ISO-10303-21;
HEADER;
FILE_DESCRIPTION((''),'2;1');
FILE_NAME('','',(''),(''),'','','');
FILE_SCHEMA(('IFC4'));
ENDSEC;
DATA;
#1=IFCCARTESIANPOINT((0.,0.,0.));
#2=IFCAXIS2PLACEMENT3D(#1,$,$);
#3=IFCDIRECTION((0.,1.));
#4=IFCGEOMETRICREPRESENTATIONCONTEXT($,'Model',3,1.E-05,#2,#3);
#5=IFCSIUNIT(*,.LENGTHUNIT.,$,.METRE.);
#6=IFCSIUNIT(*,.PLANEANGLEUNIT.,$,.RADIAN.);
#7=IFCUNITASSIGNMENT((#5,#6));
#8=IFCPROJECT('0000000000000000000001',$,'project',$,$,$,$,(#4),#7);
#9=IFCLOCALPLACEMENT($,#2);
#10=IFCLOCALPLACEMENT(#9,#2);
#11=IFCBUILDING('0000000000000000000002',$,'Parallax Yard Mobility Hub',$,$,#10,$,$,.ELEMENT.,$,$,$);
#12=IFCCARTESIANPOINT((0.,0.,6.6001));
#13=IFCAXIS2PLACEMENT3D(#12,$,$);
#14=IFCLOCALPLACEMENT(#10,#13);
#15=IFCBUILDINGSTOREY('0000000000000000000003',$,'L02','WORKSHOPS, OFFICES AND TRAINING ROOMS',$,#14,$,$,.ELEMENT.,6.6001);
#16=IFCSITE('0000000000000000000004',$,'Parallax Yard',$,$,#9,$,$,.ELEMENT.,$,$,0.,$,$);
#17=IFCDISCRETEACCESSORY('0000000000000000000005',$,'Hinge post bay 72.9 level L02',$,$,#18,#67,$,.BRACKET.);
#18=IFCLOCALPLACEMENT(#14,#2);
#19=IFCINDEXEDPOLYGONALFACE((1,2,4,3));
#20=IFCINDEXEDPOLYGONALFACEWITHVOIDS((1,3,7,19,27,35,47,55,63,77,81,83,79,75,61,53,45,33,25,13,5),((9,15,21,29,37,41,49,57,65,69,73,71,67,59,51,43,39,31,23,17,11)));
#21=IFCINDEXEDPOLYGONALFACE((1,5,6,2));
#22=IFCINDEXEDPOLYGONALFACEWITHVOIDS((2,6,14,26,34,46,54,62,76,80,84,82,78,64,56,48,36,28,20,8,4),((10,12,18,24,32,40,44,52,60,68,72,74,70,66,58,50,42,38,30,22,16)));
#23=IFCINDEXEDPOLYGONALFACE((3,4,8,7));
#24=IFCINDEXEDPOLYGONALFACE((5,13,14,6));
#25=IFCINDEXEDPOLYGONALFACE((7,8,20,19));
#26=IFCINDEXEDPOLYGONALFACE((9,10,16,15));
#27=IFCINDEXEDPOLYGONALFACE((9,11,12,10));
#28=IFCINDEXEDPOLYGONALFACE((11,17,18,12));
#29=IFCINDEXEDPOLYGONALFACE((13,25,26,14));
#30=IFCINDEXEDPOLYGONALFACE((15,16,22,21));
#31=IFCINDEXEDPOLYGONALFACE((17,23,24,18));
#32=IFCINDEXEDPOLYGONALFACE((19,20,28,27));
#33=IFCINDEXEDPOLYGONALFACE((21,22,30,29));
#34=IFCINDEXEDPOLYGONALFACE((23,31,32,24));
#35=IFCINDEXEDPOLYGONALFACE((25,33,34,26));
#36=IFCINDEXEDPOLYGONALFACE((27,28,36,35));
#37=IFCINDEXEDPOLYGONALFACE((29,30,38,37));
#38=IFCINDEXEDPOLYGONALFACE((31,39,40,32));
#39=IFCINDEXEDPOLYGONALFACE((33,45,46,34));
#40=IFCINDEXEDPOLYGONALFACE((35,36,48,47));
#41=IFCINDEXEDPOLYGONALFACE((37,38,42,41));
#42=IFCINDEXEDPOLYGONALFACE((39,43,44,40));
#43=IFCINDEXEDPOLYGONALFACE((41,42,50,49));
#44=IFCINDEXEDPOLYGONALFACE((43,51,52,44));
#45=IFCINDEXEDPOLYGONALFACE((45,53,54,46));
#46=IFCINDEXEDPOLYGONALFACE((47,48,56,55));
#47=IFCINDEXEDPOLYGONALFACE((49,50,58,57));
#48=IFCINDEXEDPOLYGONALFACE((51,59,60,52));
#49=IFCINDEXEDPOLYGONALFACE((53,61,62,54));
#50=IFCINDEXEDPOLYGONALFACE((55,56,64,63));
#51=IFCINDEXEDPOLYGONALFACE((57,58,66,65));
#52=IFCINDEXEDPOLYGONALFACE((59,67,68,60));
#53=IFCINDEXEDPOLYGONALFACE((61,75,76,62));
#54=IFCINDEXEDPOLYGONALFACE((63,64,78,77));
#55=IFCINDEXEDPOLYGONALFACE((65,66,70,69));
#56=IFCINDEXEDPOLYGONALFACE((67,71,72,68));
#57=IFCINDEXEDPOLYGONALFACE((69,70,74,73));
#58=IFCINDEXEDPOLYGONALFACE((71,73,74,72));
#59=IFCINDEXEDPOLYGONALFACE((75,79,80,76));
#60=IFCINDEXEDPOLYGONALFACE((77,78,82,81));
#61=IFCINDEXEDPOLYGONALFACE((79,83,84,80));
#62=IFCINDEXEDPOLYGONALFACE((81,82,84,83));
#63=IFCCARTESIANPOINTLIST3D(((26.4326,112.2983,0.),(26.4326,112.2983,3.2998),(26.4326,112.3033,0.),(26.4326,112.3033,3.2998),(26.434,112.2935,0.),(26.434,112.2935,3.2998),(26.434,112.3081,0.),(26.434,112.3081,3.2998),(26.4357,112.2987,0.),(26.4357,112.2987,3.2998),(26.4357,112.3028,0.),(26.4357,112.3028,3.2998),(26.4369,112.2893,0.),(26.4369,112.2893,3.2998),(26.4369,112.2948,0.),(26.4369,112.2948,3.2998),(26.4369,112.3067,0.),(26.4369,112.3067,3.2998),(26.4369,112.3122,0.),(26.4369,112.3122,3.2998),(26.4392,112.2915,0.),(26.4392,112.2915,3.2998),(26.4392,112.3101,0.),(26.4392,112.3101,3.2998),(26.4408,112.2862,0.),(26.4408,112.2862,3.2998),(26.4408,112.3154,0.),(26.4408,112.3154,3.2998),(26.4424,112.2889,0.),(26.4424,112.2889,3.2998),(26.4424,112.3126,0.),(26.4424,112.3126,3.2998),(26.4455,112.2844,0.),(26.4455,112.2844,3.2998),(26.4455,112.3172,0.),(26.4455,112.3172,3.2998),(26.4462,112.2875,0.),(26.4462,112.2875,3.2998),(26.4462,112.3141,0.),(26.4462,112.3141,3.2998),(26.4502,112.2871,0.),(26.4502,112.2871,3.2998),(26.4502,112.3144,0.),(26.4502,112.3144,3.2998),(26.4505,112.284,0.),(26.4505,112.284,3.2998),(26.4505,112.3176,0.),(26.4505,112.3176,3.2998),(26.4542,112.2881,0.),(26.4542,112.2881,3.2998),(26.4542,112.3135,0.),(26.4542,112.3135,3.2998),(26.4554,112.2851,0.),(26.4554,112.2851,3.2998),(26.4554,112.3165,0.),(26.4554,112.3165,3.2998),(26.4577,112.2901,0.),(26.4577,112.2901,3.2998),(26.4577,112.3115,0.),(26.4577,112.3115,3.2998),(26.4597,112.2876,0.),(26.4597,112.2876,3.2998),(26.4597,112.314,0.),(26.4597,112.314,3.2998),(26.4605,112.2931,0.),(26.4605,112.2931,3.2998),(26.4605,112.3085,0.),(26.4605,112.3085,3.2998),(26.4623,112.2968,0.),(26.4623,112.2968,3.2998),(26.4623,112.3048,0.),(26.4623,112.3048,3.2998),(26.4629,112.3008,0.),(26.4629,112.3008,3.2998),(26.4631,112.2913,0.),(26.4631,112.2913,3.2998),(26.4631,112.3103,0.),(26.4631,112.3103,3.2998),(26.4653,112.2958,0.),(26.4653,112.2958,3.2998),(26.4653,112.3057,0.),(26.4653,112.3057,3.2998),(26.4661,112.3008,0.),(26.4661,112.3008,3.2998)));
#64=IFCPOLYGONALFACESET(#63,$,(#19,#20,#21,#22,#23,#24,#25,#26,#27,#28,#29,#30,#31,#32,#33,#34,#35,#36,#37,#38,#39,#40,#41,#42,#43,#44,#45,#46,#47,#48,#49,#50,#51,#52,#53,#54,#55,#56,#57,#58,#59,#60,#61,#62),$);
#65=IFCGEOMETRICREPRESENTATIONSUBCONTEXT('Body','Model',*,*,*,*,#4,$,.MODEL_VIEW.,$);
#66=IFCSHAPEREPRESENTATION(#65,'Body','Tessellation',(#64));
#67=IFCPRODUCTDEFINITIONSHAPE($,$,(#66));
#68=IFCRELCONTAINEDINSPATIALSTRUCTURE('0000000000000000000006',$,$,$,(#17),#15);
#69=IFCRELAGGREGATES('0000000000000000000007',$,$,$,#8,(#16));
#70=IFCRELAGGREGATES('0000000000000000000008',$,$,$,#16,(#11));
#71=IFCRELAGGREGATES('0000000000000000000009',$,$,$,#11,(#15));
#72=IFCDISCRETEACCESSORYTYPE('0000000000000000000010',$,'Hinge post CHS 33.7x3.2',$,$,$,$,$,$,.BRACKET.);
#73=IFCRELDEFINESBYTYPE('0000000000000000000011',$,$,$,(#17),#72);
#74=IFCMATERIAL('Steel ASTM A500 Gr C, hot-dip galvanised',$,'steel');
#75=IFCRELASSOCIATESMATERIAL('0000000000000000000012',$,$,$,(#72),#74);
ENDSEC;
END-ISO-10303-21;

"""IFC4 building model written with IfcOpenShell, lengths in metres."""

from ifc_helpers import new_model, si_unit, direction, frame, origin, origin_2d, place, context, subcontext, project, spatial, hollow_circle, extrude, material, material_profile, profile_set, type_object, element, save


model = new_model("IFC4")

# Units and contexts
model_context = context("Model", 3, precision=1e-05, world=origin(), true_north=direction((0.0, 1.0)))
body_context = subcontext(model_context, "Body", "Model", "MODEL_VIEW")
ifc_project = project(units=[si_unit("LENGTHUNIT", "METRE"), si_unit("PLANEANGLEUNIT", "RADIAN")], contexts=[model_context])

# Site, building, storey
site_placement = place(None, origin())
site = spatial("IfcSite", under=ifc_project, at=site_placement, Name="Parallax Yard", CompositionType="ELEMENT", RefElevation=0.0)
building_placement = place(site_placement, origin())
building = spatial("IfcBuilding", under=site, at=building_placement, Name="Parallax Yard Mobility Hub", CompositionType="ELEMENT")
storey_placement = place(building_placement, frame((0.0, 0.0, 6.6001)))
storey = spatial("IfcBuildingStorey", under=building, at=storey_placement, Name="L02", Description="WORKSHOPS, OFFICES AND TRAINING ROOMS", CompositionType="ELEMENT", Elevation=6.6001)

# Discrete accessory
ifc_material_1 = material(Name="Steel ASTM A500 Gr C, hot-dip galvanised", Category="steel")
ifc_material_profile_1 = material_profile(ifc_material_1, hollow_circle(Radius=0.0168, WallThickness=0.0032, at=origin_2d()), Name="CHS 33.7x3.2")
ifc_profile_set_1 = profile_set([ifc_material_profile_1], Name="Steel ASTM A500 Gr C, hot-dip galvanised")
discrete_accessory_type_1 = type_object("IfcDiscreteAccessoryType", Name="Hinge post CHS 33.7x3.2", PredefinedType="BRACKET", material=ifc_profile_set_1)
discrete_accessory_1_placement = place(storey_placement, frame((26.4492, 112.3008, 0.0), z_axis=(0.0, 0.0, 1.0), x_axis=(1.0, 0.0, 0.0)))
element("IfcDiscreteAccessory", 1, at=discrete_accessory_1_placement, inside=storey, type_object=discrete_accessory_type_1, Name="Hinge post bay 72.9 level L02", PredefinedType="BRACKET", context=body_context, shape_type="SweptSolid", body=[
    extrude(hollow_circle(Radius=0.0168, WallThickness=0.0032, at=origin_2d()), origin(), (0.0, 0.0, 1.0), 3.2998),
])

save(model, "model.ifc")
